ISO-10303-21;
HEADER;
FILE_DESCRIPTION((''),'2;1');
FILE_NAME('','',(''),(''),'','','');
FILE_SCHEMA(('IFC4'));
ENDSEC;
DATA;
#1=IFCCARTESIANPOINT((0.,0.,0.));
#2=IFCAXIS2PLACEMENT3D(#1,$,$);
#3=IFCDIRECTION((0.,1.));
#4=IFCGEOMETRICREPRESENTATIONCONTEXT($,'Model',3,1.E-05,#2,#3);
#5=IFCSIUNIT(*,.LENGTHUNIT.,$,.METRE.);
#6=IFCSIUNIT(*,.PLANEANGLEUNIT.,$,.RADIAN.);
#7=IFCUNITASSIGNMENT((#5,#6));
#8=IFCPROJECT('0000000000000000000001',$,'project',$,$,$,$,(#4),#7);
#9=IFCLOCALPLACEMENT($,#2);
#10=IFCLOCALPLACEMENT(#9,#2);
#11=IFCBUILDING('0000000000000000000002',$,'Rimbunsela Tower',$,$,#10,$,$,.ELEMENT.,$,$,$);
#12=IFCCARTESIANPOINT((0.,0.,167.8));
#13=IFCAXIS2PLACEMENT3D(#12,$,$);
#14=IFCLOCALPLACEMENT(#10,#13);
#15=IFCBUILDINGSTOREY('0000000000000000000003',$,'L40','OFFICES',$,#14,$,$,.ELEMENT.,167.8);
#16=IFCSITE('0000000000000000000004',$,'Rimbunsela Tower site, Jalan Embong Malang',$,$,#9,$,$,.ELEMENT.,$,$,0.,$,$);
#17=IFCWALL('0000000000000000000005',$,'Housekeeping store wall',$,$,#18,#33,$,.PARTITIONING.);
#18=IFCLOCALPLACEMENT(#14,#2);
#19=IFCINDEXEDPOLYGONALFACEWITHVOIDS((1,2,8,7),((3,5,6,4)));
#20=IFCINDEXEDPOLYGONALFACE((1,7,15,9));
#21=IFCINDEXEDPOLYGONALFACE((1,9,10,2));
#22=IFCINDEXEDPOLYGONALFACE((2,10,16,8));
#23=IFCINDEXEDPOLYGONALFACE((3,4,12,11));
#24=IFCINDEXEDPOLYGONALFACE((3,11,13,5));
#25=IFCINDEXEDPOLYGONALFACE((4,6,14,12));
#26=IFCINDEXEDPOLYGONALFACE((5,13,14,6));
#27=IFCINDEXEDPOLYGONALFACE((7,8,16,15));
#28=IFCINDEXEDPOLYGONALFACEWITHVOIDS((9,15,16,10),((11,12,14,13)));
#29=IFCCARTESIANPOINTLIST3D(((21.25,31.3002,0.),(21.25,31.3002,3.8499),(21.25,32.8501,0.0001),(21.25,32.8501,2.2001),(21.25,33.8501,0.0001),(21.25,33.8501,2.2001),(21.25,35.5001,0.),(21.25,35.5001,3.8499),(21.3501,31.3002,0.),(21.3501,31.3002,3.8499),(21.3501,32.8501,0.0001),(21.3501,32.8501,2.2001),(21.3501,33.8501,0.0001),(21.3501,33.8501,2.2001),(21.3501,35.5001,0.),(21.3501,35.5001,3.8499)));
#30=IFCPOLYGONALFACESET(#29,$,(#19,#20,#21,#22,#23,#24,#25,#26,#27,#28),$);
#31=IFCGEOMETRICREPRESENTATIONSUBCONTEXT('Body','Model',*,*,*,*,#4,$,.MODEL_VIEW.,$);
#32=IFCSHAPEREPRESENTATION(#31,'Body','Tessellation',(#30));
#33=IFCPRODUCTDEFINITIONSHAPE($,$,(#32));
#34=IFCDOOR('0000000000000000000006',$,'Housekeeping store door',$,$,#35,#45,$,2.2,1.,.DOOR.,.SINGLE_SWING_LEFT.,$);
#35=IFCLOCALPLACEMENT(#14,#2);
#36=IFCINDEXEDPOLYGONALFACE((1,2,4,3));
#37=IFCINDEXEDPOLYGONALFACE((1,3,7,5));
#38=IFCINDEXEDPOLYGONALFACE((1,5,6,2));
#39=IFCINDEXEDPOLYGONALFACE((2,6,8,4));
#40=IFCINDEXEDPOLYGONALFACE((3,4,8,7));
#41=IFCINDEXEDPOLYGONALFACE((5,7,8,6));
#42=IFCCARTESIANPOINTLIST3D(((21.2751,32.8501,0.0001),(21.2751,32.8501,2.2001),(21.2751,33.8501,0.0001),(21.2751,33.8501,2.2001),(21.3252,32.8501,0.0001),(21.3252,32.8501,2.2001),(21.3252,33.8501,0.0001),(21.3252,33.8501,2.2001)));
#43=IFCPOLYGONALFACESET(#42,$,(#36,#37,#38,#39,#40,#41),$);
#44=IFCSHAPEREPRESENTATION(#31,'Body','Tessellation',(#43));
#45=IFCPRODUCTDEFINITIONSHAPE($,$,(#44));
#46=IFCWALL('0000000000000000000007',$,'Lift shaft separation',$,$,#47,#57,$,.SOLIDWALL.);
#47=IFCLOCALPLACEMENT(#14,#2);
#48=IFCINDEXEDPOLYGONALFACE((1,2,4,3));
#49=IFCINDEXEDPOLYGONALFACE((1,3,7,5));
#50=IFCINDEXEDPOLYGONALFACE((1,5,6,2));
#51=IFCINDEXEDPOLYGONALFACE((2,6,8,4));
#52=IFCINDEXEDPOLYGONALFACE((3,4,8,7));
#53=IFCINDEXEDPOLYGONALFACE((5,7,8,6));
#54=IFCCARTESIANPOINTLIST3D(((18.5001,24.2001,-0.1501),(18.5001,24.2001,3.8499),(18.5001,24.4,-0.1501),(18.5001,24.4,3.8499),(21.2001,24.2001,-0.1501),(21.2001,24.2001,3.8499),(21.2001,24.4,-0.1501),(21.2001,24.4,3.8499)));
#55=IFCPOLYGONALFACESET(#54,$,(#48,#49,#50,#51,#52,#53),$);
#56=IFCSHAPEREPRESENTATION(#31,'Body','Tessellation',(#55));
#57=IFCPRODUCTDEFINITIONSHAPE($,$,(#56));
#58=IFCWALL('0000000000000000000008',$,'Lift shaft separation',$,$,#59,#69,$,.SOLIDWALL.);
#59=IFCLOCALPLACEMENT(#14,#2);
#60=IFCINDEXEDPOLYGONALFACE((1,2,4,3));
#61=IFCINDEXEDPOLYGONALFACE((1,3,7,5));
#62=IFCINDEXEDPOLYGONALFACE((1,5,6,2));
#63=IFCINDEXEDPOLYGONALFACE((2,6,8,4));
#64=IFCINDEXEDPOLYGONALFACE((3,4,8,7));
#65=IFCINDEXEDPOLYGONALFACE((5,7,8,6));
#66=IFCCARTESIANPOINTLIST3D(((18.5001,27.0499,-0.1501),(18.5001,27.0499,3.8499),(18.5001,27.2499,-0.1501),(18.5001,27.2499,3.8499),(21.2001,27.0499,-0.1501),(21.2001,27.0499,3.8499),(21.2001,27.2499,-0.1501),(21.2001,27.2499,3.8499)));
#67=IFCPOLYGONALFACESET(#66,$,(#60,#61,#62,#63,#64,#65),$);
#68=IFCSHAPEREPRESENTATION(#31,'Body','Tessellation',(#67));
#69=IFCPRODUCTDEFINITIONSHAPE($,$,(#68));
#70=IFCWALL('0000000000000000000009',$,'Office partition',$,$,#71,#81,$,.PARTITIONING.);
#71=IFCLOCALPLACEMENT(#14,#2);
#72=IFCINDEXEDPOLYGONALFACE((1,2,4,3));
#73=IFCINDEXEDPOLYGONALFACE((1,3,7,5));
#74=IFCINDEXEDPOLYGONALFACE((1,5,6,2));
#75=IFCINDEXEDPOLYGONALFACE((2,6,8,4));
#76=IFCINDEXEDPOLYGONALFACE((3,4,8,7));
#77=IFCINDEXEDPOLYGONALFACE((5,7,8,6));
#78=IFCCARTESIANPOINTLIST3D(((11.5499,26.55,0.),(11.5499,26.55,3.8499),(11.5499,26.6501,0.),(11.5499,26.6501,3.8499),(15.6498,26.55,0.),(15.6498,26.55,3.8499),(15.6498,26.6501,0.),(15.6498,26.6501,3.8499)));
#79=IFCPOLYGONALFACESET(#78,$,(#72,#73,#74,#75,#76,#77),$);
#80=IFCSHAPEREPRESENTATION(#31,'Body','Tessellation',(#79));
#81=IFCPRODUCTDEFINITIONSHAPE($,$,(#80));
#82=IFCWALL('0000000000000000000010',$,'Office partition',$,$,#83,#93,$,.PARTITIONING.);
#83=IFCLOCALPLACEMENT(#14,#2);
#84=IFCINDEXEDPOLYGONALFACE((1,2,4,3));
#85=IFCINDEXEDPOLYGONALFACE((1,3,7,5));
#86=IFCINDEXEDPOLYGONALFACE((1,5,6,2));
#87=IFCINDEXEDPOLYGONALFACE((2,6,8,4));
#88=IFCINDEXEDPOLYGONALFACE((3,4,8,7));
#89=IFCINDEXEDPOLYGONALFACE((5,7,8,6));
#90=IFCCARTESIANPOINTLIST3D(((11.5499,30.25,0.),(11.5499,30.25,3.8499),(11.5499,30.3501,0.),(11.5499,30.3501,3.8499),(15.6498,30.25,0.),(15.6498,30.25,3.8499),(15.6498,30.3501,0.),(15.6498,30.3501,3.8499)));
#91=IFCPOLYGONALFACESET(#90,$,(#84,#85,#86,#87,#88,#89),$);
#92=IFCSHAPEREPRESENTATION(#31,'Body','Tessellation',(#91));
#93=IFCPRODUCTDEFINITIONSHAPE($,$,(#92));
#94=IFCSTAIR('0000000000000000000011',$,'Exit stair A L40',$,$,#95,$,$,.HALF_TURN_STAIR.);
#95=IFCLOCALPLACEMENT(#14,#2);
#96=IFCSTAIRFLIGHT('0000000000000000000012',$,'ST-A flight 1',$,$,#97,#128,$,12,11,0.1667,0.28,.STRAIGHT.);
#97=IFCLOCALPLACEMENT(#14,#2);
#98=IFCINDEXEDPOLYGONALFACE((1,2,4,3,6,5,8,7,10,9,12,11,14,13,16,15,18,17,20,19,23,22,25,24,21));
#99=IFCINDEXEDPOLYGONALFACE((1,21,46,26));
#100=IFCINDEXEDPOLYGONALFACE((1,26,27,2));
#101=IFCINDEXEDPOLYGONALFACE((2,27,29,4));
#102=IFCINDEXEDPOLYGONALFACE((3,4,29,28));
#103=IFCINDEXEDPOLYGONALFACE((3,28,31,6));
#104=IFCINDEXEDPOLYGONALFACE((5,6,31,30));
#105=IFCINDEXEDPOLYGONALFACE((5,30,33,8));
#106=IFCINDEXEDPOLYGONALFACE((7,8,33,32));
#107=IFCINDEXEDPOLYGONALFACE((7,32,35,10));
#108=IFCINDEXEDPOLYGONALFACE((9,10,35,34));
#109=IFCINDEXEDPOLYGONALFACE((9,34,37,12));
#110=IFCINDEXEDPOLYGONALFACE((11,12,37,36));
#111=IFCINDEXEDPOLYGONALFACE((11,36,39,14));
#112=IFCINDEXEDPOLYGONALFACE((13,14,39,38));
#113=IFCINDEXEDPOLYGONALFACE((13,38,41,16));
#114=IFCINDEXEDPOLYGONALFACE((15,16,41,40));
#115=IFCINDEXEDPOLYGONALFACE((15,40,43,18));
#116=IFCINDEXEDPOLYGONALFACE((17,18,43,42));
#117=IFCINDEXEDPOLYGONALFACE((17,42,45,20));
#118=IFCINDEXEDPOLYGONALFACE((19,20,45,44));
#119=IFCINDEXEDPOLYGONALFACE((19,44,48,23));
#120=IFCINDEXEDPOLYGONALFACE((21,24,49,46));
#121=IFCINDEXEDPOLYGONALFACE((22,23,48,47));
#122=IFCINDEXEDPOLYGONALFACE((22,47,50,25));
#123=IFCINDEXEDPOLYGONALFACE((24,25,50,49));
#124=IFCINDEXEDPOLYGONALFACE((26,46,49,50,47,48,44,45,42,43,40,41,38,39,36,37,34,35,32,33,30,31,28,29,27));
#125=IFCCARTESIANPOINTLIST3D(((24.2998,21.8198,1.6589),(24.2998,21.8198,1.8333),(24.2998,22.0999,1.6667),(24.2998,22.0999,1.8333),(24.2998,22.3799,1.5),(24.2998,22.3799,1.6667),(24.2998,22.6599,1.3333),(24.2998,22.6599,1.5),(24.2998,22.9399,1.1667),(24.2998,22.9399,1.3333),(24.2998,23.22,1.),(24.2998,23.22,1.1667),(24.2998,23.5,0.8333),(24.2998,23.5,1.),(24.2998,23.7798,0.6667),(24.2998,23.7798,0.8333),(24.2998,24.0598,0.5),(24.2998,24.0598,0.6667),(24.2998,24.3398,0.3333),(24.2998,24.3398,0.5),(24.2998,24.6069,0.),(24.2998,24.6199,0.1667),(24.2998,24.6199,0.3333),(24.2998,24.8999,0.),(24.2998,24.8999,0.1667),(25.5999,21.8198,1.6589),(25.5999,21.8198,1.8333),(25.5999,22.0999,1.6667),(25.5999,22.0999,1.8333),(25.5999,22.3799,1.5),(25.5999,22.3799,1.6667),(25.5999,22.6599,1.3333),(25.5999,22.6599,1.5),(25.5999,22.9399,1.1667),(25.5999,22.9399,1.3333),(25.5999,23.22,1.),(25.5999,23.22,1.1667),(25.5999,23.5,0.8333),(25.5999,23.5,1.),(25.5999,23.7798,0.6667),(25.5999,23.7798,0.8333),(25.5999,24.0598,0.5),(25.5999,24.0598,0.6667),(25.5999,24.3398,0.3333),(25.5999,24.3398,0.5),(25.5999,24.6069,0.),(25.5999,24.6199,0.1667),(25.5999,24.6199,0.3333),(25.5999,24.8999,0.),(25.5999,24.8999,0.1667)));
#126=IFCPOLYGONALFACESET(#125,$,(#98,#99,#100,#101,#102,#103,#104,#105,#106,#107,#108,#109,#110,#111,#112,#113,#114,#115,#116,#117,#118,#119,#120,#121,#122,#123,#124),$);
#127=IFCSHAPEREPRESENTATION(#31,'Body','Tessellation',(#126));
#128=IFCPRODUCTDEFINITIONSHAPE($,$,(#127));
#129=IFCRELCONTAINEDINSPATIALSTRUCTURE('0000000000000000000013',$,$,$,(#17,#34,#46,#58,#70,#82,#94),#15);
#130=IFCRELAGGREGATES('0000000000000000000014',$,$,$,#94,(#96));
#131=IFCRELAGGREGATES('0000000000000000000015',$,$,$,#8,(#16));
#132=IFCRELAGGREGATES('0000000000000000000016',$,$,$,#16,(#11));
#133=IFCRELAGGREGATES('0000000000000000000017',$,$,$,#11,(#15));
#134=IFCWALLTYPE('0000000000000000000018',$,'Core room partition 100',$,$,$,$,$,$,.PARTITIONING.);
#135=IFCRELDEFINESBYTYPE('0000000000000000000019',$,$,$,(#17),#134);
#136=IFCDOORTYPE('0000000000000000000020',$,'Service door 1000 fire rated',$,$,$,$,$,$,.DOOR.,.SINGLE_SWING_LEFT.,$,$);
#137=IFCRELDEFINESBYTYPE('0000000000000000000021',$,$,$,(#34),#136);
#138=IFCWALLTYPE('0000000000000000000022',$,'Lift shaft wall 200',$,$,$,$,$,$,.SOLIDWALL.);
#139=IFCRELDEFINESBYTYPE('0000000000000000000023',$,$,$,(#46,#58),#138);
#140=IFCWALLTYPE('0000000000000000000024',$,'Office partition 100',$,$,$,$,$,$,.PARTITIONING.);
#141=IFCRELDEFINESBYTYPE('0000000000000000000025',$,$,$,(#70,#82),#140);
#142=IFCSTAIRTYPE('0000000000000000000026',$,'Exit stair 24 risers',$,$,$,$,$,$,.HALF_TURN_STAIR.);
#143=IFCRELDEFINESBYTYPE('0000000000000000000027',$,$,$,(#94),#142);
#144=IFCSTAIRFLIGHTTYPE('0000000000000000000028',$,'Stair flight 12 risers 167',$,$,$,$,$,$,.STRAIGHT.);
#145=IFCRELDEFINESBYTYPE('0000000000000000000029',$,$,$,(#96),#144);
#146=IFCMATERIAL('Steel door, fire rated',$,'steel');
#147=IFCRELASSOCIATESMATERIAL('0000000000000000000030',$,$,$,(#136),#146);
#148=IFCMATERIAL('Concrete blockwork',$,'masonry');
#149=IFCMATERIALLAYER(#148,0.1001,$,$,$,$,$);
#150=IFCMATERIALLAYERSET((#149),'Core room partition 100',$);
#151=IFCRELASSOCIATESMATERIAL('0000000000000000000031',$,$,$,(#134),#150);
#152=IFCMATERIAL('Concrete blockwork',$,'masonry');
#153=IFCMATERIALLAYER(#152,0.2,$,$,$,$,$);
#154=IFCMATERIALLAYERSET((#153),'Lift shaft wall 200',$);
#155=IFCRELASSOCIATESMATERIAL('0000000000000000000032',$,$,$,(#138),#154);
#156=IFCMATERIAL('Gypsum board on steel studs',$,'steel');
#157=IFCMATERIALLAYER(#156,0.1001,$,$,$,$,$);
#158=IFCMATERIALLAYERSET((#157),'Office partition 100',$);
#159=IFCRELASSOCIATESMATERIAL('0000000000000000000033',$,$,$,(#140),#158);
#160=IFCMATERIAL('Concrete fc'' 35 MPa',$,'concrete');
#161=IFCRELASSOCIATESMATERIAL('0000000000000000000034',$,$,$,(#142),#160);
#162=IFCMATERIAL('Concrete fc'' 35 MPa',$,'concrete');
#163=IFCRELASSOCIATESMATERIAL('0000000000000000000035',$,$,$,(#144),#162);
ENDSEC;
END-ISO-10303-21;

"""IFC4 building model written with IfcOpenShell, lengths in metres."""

from ifc_helpers import new_model, si_unit, direction, frame, frame_2d, origin, place, context, subcontext, project, spatial, polyline, rectangle, outline, extrude, material, layer, layer_set, type_object, element, fill, aggregate, save


model = new_model("IFC4")

# Units and contexts
model_context = context("Model", 3, precision=1e-05, world=origin(), true_north=direction((0.0, 1.0)))
body_context = subcontext(model_context, "Body", "Model", "MODEL_VIEW")
ifc_project = project(units=[si_unit("LENGTHUNIT", "METRE"), si_unit("PLANEANGLEUNIT", "RADIAN")], contexts=[model_context])

# Site, building, storey
site_placement = place(None, origin())
site = spatial("IfcSite", under=ifc_project, at=site_placement, Name="Rimbunsela Tower site, Jalan Embong Malang", CompositionType="ELEMENT", RefElevation=0.0)
building_placement = place(site_placement, origin())
building = spatial("IfcBuilding", under=site, at=building_placement, Name="Rimbunsela Tower", CompositionType="ELEMENT")
storey_placement = place(building_placement, frame((0.0, 0.0, 167.8)))
storey = spatial("IfcBuildingStorey", under=building, at=storey_placement, Name="L40", Description="OFFICES", CompositionType="ELEMENT", Elevation=167.8)

# Shared definitions
ifc_material_1 = material(Name="Steel door, fire rated", Category="steel")
door_type_1 = type_object("IfcDoorType", Name="Service door 1000 fire rated", OperationType="SINGLE_SWING_LEFT", PredefinedType="DOOR", material=ifc_material_1)

# Wall, opening, door
ifc_material_2 = material(Name="Concrete blockwork", Category="masonry")
ifc_layer_1 = layer(ifc_material_2, 0.1001)
ifc_layer_set_1 = layer_set([ifc_layer_1], Name="Core room partition 100")
wall_type_1 = type_object("IfcWallType", Name="Core room partition 100", PredefinedType="PARTITIONING", material=ifc_layer_set_1)
wall_1_placement = place(storey_placement, frame((21.3, 31.3, 0.0), z_axis=(0.0, 0.0, 1.0), x_axis=(0.0, 1.0, 0.0)))
wall_1 = element("IfcWall", 1, at=wall_1_placement, inside=storey, type_object=wall_type_1, Name="Housekeeping store wall", PredefinedType="PARTITIONING", context=body_context, shape_type="SweptSolid", body=[
    extrude(rectangle(XDim=4.2, YDim=0.1001, at=frame_2d((2.1001, 0.0))), origin(), (0.0, 0.0, 1.0), 3.8499),
])
opening_1_placement = place(wall_1_placement, frame((1.55, 0.0, 0.0)))
opening_1 = element("IfcOpeningElement", 2, at=opening_1_placement, cuts=wall_1, PredefinedType="OPENING", context=body_context, shape_type="SweptSolid", body=[
    extrude(rectangle(XDim=1.0, YDim=2.2, at=frame_2d((0.5, 1.1001))), frame((0.0, 0.0601, 0.0), z_axis=(0.0, -1.0, 0.0), x_axis=(1.0, 0.0, 0.0)), (0.0, 0.0, 1.0), 0.1201),
])
door_1_placement = place(opening_1_placement, origin())
door_1 = element("IfcDoor", 3, at=door_1_placement, inside=storey, type_object=door_type_1, Name="Housekeeping store door", OperationType="SINGLE_SWING_LEFT", OverallHeight=2.2, OverallWidth=1.0, PredefinedType="DOOR", context=body_context, shape_type="SweptSolid", body=[
    extrude(rectangle(XDim=1.0, YDim=2.2, at=frame_2d((0.5, 1.1001))), frame((0.0, 0.0249, 0.0), z_axis=(0.0, -1.0, 0.0), x_axis=(1.0, 0.0, 0.0)), (0.0, 0.0, 1.0), 0.05),
])
fill(opening_1, door_1)

# Walls
ifc_material_3 = material(Name="Concrete blockwork", Category="masonry")
ifc_layer_2 = layer(ifc_material_3, 0.2)
ifc_layer_set_2 = layer_set([ifc_layer_2], Name="Lift shaft wall 200")
wall_type_2 = type_object("IfcWallType", Name="Lift shaft wall 200", PredefinedType="SOLIDWALL", material=ifc_layer_set_2)
for number, where, z_axis, x_axis, name in (
    (4, (18.5, 24.3, -0.1501), (0.0, 0.0, 1.0), (1.0, 0.0, 0.0), "Lift shaft separation"),
    (5, (18.5, 27.1499, -0.1501), (0.0, 0.0, 1.0), (1.0, 0.0, 0.0), "Lift shaft separation"),
):
    element("IfcWall", number, at=place(storey_placement, frame(where, z_axis=z_axis, x_axis=x_axis)), inside=storey, type_object=wall_type_2, Name=name, PredefinedType="SOLIDWALL", context=body_context, shape_type="SweptSolid", body=[
        extrude(rectangle(XDim=2.7, YDim=0.2, at=frame_2d((1.3501, 0.0))), origin(), (0.0, 0.0, 1.0), 4.0),
    ])
ifc_material_4 = material(Name="Gypsum board on steel studs", Category="steel")
ifc_layer_3 = layer(ifc_material_4, 0.1001)
ifc_layer_set_3 = layer_set([ifc_layer_3], Name="Office partition 100")
wall_type_3 = type_object("IfcWallType", Name="Office partition 100", PredefinedType="PARTITIONING", material=ifc_layer_set_3)
for number, where, z_axis, x_axis, name in (
    (6, (11.55, 26.6001, 0.0), (0.0, 0.0, 1.0), (1.0, 0.0, 0.0), "Office partition"),
    (7, (11.55, 30.3, 0.0), (0.0, 0.0, 1.0), (1.0, 0.0, 0.0), "Office partition"),
):
    element("IfcWall", number, at=place(storey_placement, frame(where, z_axis=z_axis, x_axis=x_axis)), inside=storey, type_object=wall_type_3, Name=name, PredefinedType="PARTITIONING", context=body_context, shape_type="SweptSolid", body=[
        extrude(rectangle(XDim=4.0999, YDim=0.1001, at=frame_2d((2.0498, 0.0))), origin(), (0.0, 0.0, 1.0), 3.8499),
    ])

# Stair, stair flight
ifc_material_5 = material(Name="Concrete fc' 35 MPa", Category="concrete")
stair_type = type_object("IfcStairType", Name="Exit stair 24 risers", PredefinedType="HALF_TURN_STAIR", material=ifc_material_5)
stair_placement = place(storey_placement, origin())
stair = element("IfcStair", 8, at=stair_placement, inside=storey, type_object=stair_type, Name="Exit stair A L40", PredefinedType="HALF_TURN_STAIR")
ifc_material_6 = material(Name="Concrete fc' 35 MPa", Category="concrete")
stair_flight_type = type_object("IfcStairFlightType", Name="Stair flight 12 risers 167", PredefinedType="STRAIGHT", material=ifc_material_6)
stair_flight_placement = place(storey_placement, frame((24.95, 24.8999, 0.0), z_axis=(0.0, 0.0, 1.0), x_axis=(0.0, -1.0, 0.0)))
stair_flight = element("IfcStairFlight", 9, at=stair_flight_placement, type_object=stair_flight_type, Name="ST-A flight 1", NumberOfRisers=12, NumberOfTreads=11, PredefinedType="STRAIGHT", RiserHeight=0.1667, TreadLength=0.28, context=body_context, shape_type="SweptSolid", body=[
    extrude(outline(polyline([(0.0, 0.0), (0.0, 0.1667), (0.28, 0.1667), (0.28, 0.3333), (0.5601, 0.3333), (0.5601, 0.5), (0.8401, 0.5), (0.8401, 0.6667), (1.1201, 0.6667), (1.1201, 0.8333), (1.3999, 0.8333), (1.3999, 1.0), (1.6799, 1.0), (1.6799, 1.1667), (1.96, 1.1667), (1.96, 1.3333), (2.24, 1.3333), (2.24, 1.5), (2.52, 1.5), (2.52, 1.6667), (2.8, 1.6667), (2.8, 1.8333), (3.0801, 1.8333), (3.0801, 2.0), (3.0801, 1.6589), (0.293, 0.0), (0.0, 0.0)])), frame((0.0, 0.6499, 0.0), z_axis=(0.0, -1.0, 0.0), x_axis=(1.0, 0.0, 0.0)), (0.0, 0.0, 1.0), 1.3),
])
aggregate(stair, [stair_flight])

save(model, "model.ifc")
